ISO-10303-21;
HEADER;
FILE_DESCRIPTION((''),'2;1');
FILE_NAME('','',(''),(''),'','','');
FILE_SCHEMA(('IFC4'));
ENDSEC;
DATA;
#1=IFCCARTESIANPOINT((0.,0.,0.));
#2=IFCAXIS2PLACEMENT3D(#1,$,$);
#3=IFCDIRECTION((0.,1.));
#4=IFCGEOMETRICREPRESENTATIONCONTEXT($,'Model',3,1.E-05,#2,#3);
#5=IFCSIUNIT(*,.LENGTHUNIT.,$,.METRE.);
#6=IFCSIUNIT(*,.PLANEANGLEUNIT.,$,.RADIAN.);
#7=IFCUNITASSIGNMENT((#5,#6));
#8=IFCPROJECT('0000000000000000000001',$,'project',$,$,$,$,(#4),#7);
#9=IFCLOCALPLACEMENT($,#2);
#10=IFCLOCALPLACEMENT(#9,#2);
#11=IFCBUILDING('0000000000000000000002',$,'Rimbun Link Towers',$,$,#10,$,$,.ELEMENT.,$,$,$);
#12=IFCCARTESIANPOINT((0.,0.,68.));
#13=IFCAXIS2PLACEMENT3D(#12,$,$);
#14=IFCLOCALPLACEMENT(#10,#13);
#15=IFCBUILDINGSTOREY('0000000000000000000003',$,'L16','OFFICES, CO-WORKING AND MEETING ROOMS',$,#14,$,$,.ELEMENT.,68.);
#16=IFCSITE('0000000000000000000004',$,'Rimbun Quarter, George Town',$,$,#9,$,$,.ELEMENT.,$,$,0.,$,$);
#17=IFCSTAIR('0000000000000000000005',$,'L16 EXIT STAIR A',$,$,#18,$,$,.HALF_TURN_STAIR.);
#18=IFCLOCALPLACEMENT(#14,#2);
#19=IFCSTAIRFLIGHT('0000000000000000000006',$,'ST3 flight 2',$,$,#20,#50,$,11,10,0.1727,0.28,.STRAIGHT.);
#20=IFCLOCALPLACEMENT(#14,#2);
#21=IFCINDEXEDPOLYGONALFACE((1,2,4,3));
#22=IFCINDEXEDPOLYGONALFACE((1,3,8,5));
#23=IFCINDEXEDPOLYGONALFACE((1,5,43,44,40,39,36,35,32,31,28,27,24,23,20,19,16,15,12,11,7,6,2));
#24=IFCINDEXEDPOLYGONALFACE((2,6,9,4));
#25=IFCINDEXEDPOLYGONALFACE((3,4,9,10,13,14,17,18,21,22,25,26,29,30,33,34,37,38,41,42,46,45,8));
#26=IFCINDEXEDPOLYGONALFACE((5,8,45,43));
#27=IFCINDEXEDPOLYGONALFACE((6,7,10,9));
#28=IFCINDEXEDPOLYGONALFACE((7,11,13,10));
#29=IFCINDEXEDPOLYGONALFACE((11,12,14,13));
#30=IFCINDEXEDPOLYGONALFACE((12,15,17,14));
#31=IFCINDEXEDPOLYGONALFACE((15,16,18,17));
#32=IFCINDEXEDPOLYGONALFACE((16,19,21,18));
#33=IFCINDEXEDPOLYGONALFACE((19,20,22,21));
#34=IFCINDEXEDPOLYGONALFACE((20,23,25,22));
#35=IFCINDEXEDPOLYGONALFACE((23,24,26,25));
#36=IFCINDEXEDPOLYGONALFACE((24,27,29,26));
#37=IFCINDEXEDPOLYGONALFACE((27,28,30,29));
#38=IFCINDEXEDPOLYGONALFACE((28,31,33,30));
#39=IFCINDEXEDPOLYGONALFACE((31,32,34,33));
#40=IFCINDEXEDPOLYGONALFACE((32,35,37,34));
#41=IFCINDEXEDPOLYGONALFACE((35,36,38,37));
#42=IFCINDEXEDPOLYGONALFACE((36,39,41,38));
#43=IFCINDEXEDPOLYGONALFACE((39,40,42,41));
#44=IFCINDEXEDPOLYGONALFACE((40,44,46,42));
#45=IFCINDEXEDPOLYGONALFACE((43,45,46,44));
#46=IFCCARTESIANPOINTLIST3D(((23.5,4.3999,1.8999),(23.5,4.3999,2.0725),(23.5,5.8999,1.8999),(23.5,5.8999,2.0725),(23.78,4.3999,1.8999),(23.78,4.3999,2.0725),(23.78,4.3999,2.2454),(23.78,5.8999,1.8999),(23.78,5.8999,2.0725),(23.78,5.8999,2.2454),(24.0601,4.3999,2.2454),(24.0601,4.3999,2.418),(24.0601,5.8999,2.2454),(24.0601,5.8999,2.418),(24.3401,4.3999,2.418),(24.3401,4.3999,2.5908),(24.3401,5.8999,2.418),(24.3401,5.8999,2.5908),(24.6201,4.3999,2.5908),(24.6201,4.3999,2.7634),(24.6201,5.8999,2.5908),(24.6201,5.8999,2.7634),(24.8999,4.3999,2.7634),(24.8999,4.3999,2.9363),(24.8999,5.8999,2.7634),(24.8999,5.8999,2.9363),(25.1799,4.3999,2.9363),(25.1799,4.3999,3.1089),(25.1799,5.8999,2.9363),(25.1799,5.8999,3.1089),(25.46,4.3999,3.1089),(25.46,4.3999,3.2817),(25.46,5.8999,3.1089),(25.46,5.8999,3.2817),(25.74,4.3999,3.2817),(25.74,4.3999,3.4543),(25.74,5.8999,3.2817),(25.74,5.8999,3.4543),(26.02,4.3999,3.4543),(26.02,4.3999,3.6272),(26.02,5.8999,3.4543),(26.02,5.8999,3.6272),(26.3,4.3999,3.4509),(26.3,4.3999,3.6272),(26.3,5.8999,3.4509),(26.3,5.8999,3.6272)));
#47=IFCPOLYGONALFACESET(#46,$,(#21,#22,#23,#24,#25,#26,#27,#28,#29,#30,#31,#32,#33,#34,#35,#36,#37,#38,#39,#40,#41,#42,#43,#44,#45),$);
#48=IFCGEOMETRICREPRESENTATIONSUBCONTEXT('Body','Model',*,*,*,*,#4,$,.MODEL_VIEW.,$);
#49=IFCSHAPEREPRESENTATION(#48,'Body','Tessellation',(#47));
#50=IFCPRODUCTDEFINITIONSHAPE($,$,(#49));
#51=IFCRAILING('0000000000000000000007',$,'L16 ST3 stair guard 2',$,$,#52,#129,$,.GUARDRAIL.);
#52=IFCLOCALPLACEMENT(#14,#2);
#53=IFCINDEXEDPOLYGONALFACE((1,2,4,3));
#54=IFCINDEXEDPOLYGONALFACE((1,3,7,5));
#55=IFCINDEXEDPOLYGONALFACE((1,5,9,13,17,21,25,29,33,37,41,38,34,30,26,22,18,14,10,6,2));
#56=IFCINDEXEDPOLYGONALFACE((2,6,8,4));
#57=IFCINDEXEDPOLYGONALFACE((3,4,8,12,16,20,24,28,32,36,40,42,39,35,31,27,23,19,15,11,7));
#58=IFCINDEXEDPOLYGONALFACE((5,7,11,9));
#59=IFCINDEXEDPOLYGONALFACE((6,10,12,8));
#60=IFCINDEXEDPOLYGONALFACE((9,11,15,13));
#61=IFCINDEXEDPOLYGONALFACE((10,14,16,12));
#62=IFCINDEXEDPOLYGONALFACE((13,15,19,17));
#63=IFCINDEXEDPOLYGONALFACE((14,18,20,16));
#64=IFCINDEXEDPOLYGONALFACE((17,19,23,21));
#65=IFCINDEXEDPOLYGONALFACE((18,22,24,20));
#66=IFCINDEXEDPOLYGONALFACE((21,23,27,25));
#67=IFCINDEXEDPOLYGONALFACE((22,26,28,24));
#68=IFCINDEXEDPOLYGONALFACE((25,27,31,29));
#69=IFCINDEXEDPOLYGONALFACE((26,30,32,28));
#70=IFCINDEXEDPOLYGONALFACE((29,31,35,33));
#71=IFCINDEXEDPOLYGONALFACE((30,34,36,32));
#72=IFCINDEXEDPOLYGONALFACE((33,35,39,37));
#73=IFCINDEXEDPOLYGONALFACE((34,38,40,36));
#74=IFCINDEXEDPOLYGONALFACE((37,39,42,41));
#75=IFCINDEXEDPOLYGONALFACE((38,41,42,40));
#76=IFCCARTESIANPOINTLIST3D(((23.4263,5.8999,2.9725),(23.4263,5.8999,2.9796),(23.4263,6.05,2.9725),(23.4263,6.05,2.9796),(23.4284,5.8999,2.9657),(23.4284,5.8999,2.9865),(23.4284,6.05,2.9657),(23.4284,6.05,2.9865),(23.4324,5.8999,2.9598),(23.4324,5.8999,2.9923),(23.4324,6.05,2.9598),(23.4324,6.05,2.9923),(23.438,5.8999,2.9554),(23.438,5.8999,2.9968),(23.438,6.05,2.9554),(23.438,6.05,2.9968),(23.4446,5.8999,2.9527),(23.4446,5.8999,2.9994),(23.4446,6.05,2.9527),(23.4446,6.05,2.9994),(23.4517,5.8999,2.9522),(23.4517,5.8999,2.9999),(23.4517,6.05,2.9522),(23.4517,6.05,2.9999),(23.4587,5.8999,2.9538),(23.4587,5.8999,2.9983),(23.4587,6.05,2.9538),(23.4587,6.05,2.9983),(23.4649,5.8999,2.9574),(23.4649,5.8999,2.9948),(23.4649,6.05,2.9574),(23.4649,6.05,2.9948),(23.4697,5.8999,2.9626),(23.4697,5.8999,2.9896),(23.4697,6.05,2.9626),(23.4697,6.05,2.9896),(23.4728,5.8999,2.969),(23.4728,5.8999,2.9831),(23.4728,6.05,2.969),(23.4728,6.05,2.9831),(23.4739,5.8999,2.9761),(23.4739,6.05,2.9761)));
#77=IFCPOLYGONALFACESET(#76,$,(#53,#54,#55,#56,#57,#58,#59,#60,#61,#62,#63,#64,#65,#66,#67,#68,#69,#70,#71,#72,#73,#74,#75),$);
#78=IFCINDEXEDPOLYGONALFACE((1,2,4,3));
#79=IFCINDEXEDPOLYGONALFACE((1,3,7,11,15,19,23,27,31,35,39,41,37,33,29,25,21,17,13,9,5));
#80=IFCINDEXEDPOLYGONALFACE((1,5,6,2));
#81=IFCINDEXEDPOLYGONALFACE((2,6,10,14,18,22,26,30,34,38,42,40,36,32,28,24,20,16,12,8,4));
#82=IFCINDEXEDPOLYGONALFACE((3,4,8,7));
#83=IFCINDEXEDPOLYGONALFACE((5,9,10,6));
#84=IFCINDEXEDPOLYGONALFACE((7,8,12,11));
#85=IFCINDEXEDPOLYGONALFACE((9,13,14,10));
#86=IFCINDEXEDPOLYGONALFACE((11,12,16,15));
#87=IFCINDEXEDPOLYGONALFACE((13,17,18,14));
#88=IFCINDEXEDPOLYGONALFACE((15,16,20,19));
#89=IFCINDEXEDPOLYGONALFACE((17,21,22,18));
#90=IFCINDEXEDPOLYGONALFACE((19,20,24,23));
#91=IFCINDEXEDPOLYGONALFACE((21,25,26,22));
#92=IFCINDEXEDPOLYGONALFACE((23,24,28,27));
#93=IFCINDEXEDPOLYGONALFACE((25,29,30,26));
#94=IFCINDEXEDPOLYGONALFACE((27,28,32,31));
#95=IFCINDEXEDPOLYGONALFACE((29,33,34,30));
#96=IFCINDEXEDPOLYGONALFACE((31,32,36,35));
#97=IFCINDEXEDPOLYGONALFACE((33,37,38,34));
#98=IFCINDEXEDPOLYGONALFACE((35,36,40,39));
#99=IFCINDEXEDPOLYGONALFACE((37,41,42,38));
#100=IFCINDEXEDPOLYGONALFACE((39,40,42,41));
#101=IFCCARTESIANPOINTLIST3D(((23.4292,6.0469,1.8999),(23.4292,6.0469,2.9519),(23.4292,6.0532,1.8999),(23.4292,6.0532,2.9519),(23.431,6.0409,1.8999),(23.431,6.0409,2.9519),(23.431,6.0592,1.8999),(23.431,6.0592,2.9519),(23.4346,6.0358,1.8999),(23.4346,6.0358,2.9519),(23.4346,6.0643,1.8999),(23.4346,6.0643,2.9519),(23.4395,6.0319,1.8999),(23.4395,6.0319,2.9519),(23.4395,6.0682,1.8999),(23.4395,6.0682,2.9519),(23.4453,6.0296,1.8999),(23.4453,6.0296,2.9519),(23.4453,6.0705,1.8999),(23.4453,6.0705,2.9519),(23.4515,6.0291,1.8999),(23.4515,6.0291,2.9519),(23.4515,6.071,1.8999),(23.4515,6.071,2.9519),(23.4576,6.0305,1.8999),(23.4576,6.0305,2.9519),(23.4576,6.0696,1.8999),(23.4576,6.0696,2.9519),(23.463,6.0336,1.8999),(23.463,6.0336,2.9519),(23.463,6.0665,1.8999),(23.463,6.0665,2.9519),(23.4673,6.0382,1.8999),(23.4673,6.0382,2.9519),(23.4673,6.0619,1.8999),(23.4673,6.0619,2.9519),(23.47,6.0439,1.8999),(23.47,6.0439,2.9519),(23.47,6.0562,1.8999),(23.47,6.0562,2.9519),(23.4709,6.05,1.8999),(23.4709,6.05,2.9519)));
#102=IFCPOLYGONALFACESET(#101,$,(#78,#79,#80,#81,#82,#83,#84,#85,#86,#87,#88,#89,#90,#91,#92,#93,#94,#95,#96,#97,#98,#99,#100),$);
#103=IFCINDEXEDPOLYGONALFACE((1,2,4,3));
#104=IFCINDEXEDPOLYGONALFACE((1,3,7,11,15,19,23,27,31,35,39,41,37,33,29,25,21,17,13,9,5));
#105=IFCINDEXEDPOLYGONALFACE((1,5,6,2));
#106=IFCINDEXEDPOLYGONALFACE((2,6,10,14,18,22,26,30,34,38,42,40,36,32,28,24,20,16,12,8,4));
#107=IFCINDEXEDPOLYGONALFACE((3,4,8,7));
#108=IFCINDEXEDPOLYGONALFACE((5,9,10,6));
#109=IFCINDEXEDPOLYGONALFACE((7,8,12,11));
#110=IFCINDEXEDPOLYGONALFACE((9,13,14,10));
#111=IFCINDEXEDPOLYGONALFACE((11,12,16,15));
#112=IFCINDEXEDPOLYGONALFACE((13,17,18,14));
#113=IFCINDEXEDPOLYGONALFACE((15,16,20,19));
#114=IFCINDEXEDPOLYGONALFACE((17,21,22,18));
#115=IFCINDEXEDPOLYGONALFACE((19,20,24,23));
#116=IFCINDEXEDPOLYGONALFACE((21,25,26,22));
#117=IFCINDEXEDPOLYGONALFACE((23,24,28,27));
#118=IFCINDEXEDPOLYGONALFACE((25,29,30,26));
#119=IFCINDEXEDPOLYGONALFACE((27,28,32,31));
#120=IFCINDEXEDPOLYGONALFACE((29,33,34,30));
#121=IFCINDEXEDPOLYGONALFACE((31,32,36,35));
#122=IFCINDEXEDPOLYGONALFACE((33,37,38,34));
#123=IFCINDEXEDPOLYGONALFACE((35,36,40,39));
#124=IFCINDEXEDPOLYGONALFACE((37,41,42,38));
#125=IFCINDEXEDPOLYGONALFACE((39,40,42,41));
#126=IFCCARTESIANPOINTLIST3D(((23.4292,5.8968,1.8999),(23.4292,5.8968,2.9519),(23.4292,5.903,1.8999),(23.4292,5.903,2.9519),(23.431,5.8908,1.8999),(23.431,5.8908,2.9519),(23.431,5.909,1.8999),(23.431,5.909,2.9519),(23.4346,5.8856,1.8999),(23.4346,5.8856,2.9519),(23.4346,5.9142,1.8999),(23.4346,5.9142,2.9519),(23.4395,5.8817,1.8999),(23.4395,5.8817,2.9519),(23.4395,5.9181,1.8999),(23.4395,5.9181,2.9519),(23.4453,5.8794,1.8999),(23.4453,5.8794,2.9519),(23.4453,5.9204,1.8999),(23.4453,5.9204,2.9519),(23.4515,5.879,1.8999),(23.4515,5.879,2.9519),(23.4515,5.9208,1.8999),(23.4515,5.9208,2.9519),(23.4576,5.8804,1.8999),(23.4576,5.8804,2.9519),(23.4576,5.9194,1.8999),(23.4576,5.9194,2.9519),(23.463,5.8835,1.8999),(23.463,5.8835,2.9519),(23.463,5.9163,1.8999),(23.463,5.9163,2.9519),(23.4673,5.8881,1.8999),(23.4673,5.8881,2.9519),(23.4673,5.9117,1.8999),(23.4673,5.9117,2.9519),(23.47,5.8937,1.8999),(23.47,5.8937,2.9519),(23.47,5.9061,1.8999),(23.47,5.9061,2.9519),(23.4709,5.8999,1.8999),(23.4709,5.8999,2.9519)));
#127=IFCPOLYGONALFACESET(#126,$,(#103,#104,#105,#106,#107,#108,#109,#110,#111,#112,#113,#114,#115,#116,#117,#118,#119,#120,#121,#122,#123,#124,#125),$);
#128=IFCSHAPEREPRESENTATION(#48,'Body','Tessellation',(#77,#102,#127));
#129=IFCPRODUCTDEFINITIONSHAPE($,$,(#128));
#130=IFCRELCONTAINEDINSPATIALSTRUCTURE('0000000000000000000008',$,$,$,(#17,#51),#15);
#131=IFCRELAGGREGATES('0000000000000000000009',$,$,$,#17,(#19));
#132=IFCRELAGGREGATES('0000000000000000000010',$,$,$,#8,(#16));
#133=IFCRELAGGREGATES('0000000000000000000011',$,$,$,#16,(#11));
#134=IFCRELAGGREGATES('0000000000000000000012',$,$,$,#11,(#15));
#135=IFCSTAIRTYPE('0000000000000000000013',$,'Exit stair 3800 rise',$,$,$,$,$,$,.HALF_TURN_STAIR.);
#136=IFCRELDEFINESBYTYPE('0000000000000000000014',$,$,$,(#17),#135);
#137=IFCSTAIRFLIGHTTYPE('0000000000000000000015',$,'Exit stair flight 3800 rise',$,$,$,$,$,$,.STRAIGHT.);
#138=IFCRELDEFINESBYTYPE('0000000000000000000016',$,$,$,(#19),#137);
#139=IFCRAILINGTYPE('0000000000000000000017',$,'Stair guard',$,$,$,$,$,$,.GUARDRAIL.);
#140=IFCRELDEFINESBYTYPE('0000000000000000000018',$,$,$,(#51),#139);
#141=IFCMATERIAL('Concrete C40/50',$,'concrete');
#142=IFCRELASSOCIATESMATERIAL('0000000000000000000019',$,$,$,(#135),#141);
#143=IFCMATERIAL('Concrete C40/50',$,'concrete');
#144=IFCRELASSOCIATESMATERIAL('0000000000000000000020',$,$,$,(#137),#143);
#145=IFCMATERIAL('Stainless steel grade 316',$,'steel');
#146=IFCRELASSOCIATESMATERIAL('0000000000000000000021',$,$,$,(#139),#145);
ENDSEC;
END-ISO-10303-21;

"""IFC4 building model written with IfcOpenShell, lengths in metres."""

from ifc_helpers import new_model, si_unit, direction, frame, origin, origin_2d, place, context, subcontext, project, spatial, polyline, circle, outline, extrude, material, type_object, element, aggregate, save


model = new_model("IFC4")

# Units and contexts
model_context = context("Model", 3, precision=1e-05, world=origin(), true_north=direction((0.0, 1.0)))
body_context = subcontext(model_context, "Body", "Model", "MODEL_VIEW")
ifc_project = project(units=[si_unit("LENGTHUNIT", "METRE"), si_unit("PLANEANGLEUNIT", "RADIAN")], contexts=[model_context])

# Site, building, storey
site_placement = place(None, origin())
site = spatial("IfcSite", under=ifc_project, at=site_placement, Name="Rimbun Quarter, George Town", CompositionType="ELEMENT", RefElevation=0.0)
building_placement = place(site_placement, origin())
building = spatial("IfcBuilding", under=site, at=building_placement, Name="Rimbun Link Towers", CompositionType="ELEMENT")
storey_placement = place(building_placement, frame((0.0, 0.0, 68.0)))
storey = spatial("IfcBuildingStorey", under=building, at=storey_placement, Name="L16", Description="OFFICES, CO-WORKING AND MEETING ROOMS", CompositionType="ELEMENT", Elevation=68.0)

# Stair, stair flight
ifc_material_1 = material(Name="Concrete C40/50", Category="concrete")
stair_type = type_object("IfcStairType", Name="Exit stair 3800 rise", PredefinedType="HALF_TURN_STAIR", material=ifc_material_1)
stair_placement = place(storey_placement, origin())
stair = element("IfcStair", 1, at=stair_placement, inside=storey, type_object=stair_type, Name="L16 EXIT STAIR A", PredefinedType="HALF_TURN_STAIR")
ifc_material_2 = material(Name="Concrete C40/50", Category="concrete")
stair_flight_type = type_object("IfcStairFlightType", Name="Exit stair flight 3800 rise", PredefinedType="STRAIGHT", material=ifc_material_2)
stair_flight_placement = place(storey_placement, frame((23.5, 5.1499, 1.8999), z_axis=(0.0, 0.0, 1.0), x_axis=(1.0, 0.0, 0.0)))
stair_flight = element("IfcStairFlight", 2, at=stair_flight_placement, type_object=stair_flight_type, Name="ST3 flight 2", NumberOfRisers=11, NumberOfTreads=10, PredefinedType="STRAIGHT", RiserHeight=0.1727, TreadLength=0.28, context=body_context, shape_type="SweptSolid", body=[
    extrude(outline(polyline([(0.0, 0.0), (0.0, 0.1726), (0.28, 0.1726), (0.28, 0.3455), (0.5601, 0.3455), (0.5601, 0.5181), (0.8401, 0.5181), (0.8401, 0.6909), (1.1201, 0.6909), (1.1201, 0.8635), (1.3999, 0.8635), (1.3999, 1.0364), (1.6799, 1.0364), (1.6799, 1.209), (1.96, 1.209), (1.96, 1.3818), (2.24, 1.3818), (2.24, 1.5544), (2.52, 1.5544), (2.52, 1.7273), (2.8, 1.7273), (2.8, 1.8999), (2.8, 1.551), (0.28, 0.0), (0.0, 0.0)])), frame((0.0, 0.75, 0.0), z_axis=(0.0, -1.0, 0.0), x_axis=(1.0, 0.0, 0.0)), (0.0, 0.0, 1.0), 1.5),
])
aggregate(stair, [stair_flight])

# Railing
ifc_material_3 = material(Name="Stainless steel grade 316", Category="steel")
railing_type_1 = type_object("IfcRailingType", Name="Stair guard", PredefinedType="GUARDRAIL", material=ifc_material_3)
railing_1_placement = place(storey_placement, frame((23.45, 6.05, 1.8999)))
element("IfcRailing", 3, at=railing_1_placement, inside=storey, type_object=railing_type_1, Name="L16 ST3 stair guard 2", PredefinedType="GUARDRAIL", context=body_context, shape_type="SweptSolid", body=[
    extrude(circle(Radius=0.0239, at=origin_2d()), frame((0.0, 0.0, 1.0762), z_axis=(0.0, -1.0, 0.0), x_axis=(1.0, 0.0, 0.0)), (0.0, 0.0, 1.0), 0.1501),
    extrude(circle(Radius=0.021, at=origin_2d()), origin(), (0.0, 0.0, 1.0), 1.052),
    extrude(circle(Radius=0.021, at=origin_2d()), frame((0.0, -0.1501, 0.0)), (0.0, 0.0, 1.0), 1.052),
])

save(model, "model.ifc")
